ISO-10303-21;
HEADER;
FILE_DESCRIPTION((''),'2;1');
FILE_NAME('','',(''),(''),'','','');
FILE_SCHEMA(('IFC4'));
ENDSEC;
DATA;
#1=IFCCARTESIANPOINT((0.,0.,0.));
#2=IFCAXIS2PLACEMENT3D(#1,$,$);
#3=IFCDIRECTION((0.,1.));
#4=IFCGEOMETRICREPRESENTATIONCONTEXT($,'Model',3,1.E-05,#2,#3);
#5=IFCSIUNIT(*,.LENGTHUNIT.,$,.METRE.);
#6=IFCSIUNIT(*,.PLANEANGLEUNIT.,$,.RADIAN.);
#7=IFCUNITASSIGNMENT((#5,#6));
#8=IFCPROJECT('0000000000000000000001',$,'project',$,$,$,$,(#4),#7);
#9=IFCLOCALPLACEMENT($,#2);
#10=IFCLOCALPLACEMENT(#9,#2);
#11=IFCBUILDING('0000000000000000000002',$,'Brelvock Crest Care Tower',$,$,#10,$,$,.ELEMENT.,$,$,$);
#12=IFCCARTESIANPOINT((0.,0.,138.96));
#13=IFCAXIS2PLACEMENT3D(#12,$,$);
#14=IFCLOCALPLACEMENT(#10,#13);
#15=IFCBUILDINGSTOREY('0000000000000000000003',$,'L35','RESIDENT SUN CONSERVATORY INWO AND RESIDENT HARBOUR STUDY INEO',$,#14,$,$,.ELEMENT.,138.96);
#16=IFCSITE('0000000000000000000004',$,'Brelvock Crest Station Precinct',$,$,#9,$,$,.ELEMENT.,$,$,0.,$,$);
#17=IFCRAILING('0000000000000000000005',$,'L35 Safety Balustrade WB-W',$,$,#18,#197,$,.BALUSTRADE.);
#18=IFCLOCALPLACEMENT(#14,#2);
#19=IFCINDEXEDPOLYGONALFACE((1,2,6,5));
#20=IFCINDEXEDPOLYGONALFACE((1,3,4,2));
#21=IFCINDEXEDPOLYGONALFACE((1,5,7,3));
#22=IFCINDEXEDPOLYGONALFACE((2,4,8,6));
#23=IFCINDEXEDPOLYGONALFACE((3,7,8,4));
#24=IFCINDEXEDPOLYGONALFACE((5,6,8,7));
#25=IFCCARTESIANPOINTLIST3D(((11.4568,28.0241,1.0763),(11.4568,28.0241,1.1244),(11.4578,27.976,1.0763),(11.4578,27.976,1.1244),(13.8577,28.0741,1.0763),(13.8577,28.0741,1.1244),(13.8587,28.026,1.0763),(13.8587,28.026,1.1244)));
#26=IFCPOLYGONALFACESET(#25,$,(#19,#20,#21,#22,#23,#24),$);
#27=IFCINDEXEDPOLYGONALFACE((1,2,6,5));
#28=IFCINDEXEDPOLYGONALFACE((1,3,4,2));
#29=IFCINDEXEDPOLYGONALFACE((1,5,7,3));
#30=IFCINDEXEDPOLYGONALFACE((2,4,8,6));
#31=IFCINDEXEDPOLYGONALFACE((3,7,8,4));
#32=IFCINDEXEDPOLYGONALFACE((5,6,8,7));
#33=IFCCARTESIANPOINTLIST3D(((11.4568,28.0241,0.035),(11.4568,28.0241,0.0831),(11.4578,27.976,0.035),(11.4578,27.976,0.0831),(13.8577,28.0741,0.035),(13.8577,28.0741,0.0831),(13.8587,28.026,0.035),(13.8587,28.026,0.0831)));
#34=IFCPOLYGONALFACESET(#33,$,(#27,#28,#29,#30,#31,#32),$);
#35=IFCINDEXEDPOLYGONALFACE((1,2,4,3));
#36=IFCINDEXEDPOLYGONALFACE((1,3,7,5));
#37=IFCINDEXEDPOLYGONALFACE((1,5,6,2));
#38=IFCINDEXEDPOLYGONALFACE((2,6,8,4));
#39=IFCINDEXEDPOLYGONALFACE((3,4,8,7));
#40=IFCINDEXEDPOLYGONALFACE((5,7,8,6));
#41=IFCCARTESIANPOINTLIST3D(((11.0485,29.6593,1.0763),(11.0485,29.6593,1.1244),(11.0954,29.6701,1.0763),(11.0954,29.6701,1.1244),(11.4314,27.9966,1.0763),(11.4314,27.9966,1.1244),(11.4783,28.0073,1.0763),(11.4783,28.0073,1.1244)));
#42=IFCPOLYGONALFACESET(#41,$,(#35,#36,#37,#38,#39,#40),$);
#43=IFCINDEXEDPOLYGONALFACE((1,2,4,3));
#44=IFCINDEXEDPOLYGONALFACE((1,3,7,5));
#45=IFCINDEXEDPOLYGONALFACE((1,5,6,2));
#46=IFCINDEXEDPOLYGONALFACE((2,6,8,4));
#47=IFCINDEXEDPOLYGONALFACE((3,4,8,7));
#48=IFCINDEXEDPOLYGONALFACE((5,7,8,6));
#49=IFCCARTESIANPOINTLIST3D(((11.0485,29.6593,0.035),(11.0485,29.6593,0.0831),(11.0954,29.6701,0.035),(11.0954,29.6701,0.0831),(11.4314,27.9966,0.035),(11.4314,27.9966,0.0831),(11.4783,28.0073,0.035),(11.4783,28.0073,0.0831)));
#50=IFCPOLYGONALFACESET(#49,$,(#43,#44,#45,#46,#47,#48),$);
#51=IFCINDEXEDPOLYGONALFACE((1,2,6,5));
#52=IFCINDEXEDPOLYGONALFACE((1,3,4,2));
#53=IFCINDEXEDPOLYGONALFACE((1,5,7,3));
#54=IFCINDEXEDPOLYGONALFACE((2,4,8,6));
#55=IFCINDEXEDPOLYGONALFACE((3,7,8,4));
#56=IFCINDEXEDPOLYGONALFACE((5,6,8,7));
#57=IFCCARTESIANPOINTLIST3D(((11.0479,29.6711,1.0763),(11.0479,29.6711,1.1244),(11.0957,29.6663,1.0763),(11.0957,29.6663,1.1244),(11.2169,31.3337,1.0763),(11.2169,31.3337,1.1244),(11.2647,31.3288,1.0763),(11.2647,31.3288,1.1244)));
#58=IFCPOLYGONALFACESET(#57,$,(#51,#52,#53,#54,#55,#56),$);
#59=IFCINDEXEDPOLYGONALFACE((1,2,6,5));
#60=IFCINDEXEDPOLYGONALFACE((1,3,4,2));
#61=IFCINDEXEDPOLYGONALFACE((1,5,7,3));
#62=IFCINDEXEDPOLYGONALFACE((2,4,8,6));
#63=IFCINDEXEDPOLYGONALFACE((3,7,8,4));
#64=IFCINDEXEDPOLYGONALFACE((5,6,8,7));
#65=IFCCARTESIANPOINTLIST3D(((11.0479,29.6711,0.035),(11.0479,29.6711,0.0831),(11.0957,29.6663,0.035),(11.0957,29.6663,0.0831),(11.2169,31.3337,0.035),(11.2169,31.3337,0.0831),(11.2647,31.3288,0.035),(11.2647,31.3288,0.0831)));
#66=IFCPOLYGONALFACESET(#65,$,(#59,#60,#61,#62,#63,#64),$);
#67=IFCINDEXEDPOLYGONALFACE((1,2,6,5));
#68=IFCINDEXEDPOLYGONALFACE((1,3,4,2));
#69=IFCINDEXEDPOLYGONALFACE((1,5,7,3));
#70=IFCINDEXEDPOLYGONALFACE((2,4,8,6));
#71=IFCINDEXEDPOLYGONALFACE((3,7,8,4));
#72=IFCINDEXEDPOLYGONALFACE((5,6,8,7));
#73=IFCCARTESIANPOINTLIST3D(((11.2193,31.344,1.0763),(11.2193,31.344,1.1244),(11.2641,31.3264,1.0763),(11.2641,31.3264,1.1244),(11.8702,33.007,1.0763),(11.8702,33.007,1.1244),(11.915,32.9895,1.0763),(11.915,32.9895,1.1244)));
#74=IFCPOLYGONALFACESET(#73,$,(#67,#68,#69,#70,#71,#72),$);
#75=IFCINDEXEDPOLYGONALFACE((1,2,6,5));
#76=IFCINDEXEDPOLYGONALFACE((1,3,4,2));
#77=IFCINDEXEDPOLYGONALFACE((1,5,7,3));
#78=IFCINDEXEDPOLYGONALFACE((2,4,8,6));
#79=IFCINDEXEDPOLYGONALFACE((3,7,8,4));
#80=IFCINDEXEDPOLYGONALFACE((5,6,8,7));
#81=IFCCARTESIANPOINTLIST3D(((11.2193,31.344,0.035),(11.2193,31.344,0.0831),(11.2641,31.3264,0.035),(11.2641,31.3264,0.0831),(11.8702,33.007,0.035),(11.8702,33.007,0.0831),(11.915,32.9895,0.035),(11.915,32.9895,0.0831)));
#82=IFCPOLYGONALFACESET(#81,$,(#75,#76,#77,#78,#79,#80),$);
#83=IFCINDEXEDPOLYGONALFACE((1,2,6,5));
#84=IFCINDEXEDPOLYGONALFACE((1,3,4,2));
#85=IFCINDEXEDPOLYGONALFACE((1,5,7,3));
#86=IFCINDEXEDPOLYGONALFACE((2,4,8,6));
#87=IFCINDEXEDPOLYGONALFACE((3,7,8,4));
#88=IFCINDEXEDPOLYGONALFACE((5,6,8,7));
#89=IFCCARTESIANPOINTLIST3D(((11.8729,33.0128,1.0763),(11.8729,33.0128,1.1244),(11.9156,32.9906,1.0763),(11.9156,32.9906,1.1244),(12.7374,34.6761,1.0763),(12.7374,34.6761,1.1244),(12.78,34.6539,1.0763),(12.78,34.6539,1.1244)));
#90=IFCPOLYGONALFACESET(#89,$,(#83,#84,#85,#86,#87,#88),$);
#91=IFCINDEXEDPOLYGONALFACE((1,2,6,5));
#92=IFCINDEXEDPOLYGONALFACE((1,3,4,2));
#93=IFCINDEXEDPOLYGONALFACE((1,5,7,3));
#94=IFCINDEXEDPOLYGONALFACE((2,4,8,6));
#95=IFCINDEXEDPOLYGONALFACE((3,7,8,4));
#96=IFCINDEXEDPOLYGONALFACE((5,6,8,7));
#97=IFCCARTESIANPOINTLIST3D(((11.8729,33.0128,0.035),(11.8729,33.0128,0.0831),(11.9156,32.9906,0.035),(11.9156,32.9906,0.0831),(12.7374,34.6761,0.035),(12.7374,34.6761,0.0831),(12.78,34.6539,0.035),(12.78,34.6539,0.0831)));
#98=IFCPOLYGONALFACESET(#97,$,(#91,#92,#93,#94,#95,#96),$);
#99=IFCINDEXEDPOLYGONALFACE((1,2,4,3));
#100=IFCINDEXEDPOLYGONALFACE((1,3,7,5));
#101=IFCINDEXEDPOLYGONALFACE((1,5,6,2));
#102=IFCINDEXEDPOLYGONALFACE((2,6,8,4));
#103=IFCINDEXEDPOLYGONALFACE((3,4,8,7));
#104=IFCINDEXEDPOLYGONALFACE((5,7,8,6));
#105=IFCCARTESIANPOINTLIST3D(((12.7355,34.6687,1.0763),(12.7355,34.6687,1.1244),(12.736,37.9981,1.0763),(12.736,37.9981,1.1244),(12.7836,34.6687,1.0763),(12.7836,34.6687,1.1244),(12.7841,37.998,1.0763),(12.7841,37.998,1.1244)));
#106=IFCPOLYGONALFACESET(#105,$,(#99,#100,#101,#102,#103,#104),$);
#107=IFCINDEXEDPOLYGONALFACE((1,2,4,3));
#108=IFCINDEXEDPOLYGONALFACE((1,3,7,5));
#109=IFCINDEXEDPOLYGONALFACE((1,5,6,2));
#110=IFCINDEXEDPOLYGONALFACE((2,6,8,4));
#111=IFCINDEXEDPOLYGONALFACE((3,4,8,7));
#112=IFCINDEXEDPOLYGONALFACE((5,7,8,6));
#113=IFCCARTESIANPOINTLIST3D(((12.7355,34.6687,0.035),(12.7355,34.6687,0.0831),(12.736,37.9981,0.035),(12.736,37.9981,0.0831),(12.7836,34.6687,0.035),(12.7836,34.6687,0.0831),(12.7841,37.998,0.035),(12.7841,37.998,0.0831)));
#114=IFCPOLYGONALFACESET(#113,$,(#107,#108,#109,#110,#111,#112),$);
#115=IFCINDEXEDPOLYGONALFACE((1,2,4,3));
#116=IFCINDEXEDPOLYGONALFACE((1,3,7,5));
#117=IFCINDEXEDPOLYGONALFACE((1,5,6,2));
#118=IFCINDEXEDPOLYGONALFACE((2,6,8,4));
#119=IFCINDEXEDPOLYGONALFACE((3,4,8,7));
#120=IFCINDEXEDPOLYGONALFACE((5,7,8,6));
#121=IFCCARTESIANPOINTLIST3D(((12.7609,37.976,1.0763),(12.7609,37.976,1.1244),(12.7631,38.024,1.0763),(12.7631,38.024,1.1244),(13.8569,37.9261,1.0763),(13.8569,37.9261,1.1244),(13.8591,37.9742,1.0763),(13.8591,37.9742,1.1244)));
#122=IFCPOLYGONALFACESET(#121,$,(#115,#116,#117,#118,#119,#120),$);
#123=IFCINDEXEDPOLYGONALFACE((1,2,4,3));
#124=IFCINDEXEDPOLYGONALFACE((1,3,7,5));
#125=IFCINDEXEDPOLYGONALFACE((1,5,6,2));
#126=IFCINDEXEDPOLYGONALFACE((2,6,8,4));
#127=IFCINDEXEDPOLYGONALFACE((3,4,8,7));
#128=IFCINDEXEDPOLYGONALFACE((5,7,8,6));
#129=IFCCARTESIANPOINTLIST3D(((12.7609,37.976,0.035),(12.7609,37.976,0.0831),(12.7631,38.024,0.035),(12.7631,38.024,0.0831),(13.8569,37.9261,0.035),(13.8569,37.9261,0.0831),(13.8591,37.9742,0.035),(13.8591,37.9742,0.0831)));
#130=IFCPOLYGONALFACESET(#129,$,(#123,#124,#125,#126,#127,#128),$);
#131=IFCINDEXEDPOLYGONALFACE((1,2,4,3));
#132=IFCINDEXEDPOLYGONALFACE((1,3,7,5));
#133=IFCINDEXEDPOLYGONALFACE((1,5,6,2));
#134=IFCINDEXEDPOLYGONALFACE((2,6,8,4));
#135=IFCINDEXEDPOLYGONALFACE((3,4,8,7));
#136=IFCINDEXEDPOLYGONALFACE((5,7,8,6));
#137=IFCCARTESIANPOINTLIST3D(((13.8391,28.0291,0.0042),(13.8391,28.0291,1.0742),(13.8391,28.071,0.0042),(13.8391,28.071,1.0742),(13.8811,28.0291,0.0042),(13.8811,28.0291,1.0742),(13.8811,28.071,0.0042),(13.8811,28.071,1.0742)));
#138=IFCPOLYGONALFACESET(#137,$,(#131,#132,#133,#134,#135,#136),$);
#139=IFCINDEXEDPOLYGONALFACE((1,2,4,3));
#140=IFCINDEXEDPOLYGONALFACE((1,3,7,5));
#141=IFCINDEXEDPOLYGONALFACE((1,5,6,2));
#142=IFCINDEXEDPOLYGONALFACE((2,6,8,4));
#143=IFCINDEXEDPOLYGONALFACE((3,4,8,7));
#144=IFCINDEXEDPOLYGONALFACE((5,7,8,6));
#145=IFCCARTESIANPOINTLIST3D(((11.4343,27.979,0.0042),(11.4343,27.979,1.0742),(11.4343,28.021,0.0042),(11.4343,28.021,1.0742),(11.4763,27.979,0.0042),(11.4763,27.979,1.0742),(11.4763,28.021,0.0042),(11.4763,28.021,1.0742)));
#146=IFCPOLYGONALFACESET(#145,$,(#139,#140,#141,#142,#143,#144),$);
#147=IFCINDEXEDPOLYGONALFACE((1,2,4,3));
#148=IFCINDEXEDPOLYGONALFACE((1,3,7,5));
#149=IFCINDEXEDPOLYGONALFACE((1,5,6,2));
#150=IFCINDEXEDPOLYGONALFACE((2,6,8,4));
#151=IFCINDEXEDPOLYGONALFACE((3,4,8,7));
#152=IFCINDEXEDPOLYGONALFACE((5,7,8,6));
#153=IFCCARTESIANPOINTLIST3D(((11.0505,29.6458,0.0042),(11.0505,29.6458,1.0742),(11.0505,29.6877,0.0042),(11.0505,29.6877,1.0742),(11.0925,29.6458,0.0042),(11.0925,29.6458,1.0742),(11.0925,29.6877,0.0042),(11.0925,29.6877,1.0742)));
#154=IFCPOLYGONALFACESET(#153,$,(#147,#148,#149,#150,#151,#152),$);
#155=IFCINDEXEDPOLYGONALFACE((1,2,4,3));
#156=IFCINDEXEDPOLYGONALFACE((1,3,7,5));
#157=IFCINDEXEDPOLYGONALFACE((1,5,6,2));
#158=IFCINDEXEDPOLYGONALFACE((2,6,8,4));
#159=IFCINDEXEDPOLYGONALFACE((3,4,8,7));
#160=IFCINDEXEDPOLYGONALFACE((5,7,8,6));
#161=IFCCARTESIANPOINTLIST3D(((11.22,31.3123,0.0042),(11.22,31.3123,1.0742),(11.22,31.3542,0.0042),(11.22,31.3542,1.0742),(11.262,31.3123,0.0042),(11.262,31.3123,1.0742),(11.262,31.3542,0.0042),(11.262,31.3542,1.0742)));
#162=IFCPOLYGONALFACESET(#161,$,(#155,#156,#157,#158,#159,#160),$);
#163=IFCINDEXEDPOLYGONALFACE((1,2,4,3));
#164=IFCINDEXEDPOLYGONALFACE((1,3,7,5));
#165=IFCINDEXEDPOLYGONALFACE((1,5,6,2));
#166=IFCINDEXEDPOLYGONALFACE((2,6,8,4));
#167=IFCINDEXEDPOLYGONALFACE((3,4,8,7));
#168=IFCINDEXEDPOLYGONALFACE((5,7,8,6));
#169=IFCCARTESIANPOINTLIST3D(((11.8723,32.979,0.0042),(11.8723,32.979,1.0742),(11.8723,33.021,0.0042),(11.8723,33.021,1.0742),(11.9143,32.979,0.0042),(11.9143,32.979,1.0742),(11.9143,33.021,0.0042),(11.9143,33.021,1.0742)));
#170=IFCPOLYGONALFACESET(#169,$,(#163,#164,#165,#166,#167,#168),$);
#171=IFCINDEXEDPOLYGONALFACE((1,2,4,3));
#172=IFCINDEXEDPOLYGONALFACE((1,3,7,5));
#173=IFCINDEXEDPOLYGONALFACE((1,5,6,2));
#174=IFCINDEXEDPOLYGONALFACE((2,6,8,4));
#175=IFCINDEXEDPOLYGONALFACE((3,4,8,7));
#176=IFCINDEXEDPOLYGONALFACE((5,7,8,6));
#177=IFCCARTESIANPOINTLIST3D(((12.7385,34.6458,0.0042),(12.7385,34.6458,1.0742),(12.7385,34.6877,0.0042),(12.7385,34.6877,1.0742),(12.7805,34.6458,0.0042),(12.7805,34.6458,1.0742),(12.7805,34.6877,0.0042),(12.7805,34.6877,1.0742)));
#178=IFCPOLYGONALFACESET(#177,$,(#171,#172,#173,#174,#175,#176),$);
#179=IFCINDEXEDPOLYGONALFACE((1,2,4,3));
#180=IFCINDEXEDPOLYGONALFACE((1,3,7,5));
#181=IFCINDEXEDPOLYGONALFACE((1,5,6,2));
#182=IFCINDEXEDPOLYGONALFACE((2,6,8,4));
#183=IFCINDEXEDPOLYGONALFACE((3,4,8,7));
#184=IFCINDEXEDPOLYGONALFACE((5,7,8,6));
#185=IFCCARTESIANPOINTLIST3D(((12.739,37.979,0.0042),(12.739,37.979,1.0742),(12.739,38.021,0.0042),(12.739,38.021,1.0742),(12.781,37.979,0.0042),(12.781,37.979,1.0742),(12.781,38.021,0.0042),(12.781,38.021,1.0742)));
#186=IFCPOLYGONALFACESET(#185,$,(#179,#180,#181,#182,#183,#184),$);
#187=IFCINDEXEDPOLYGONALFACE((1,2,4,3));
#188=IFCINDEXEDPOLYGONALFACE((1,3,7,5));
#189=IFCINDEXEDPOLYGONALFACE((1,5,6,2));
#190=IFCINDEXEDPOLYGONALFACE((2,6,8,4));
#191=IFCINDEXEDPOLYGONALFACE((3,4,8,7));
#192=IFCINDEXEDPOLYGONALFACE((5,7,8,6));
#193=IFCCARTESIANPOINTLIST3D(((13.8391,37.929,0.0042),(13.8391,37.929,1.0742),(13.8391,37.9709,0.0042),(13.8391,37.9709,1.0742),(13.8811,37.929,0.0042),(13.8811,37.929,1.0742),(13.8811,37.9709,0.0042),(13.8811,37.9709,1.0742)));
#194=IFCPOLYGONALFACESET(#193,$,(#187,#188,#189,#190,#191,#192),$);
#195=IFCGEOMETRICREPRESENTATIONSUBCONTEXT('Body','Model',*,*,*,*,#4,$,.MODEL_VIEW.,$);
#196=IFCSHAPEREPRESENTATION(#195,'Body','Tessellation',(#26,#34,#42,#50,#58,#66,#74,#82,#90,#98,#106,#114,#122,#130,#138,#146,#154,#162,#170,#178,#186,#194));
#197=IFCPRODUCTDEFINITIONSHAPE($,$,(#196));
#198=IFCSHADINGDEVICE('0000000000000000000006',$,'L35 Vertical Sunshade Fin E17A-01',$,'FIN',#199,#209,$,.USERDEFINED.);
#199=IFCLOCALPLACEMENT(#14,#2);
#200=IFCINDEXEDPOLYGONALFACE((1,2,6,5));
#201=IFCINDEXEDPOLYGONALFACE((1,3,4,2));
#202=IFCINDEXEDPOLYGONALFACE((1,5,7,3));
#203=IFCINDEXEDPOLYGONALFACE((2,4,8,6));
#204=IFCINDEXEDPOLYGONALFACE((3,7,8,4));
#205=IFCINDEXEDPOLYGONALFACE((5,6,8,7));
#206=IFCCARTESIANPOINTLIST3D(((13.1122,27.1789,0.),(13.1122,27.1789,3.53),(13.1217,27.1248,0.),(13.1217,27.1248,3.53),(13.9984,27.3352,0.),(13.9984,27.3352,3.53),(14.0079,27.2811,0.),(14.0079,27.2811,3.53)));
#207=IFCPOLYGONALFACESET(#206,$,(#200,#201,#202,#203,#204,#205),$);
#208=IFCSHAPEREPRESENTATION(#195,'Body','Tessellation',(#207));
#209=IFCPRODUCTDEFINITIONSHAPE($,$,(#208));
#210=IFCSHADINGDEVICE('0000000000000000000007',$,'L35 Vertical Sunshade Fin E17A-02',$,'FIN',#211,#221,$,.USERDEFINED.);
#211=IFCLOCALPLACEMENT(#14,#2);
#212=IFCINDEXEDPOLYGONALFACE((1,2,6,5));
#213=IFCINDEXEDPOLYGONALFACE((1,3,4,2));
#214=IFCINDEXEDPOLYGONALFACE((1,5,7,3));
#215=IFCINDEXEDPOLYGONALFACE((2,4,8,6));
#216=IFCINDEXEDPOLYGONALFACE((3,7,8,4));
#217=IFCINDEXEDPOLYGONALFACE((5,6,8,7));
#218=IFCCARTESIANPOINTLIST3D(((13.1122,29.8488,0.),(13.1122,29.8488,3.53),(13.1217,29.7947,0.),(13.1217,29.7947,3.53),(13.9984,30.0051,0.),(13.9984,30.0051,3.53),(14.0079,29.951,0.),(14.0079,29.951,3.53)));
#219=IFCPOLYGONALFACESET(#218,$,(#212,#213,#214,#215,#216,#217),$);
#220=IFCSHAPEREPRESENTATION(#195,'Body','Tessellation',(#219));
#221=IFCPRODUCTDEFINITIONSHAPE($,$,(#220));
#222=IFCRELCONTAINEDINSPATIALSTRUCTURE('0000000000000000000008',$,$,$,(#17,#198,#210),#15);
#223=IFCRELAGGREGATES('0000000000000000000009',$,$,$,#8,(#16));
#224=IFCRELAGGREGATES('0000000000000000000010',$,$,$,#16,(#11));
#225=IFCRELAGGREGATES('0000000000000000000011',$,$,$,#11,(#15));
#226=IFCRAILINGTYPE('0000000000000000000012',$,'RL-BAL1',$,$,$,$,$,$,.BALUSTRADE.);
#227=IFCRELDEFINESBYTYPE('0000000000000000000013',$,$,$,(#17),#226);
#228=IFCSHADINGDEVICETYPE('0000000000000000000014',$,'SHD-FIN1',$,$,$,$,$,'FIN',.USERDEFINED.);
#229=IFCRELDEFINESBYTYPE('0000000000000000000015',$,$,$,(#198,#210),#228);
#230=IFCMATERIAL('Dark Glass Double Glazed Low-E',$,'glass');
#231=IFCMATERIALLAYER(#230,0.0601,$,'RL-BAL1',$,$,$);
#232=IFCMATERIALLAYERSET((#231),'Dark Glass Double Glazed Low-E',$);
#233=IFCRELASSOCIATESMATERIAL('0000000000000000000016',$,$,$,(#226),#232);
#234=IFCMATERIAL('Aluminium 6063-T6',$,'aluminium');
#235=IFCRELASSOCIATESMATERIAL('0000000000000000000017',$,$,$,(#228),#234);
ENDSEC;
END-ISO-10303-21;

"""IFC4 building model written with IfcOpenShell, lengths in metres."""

from ifc_helpers import new_model, si_unit, direction, frame, origin, origin_2d, place, context, subcontext, project, spatial, rectangle, extrude, source, transform, mapped, material, layer, layer_set, material_profile, profile_set, type_object, element, save


model = new_model("IFC4")

# Units and contexts
model_context = context("Model", 3, precision=1e-05, world=origin(), true_north=direction((0.0, 1.0)))
body_context = subcontext(model_context, "Body", "Model", "MODEL_VIEW")
ifc_project = project(units=[si_unit("LENGTHUNIT", "METRE"), si_unit("PLANEANGLEUNIT", "RADIAN")], contexts=[model_context])

# Site, building, storey
site_placement = place(None, origin())
site = spatial("IfcSite", under=ifc_project, at=site_placement, Name="Brelvock Crest Station Precinct", CompositionType="ELEMENT", RefElevation=0.0)
building_placement = place(site_placement, origin())
building = spatial("IfcBuilding", under=site, at=building_placement, Name="Brelvock Crest Care Tower", CompositionType="ELEMENT")
storey_placement = place(building_placement, frame((0.0, 0.0, 138.96)))
storey = spatial("IfcBuildingStorey", under=building, at=storey_placement, Name="L35", Description="RESIDENT SUN CONSERVATORY INWO AND RESIDENT HARBOUR STUDY INEO", CompositionType="ELEMENT", Elevation=138.96)

# Shared definitions
ifc_material_1 = material(Name="Dark Glass Double Glazed Low-E", Category="glass")
ifc_material_2 = material(Name="Aluminium 6063-T6", Category="aluminium")

# Railing
ifc_layer_1 = layer(ifc_material_1, 0.0601, Name="RL-BAL1")
ifc_layer_set_1 = layer_set([ifc_layer_1], Name="Dark Glass Double Glazed Low-E")
railing_type = type_object("IfcRailingType", Name="RL-BAL1", PredefinedType="BALUSTRADE", material=ifc_layer_set_1)
railing_placement = place(storey_placement, frame((13.8601, 28.05, 0.0042)))
element("IfcRailing", 1, at=railing_placement, inside=storey, type_object=railing_type, Name="L35 Safety Balustrade WB-W", PredefinedType="BALUSTRADE", context=body_context, shape_type="SweptSolid", body=[
    extrude(rectangle(XDim=0.0481, YDim=0.0481, at=origin_2d()), frame((-0.002, 0.0, 1.0962), z_axis=(-0.999783, -0.020808, 0.0), x_axis=(0.020808, -0.999783, 0.0)), (0.0, 0.0, 1.0), 2.4014),
    extrude(rectangle(XDim=0.0481, YDim=0.0481, at=origin_2d()), frame((-0.002, 0.0, 0.0549), z_axis=(-0.999783, -0.020808, 0.0), x_axis=(0.020808, -0.999783, 0.0)), (0.0, 0.0, 1.0), 2.4014),
    extrude(rectangle(XDim=0.0481, YDim=0.0481, at=origin_2d()), frame((-2.4053, -0.0481, 1.0962), z_axis=(-0.22439, 0.974499, 0.0), x_axis=(-0.974499, -0.22439, 0.0)), (0.0, 0.0, 1.0), 1.7063),
    extrude(rectangle(XDim=0.0481, YDim=0.0481, at=origin_2d()), frame((-2.4053, -0.0481, 0.0549), z_axis=(-0.22439, 0.974499, 0.0), x_axis=(-0.974499, -0.22439, 0.0)), (0.0, 0.0, 1.0), 1.7063),
    extrude(rectangle(XDim=0.0481, YDim=0.0481, at=origin_2d()), frame((-2.7883, 1.6187, 1.0962), z_axis=(0.101149, 0.994871, 0.0), x_axis=(-0.994871, 0.101149, 0.0)), (0.0, 0.0, 1.0), 1.6711),
    extrude(rectangle(XDim=0.0481, YDim=0.0481, at=origin_2d()), frame((-2.7883, 1.6187, 0.0549), z_axis=(0.101149, 0.994871, 0.0), x_axis=(-0.994871, 0.101149, 0.0)), (0.0, 0.0, 1.0), 1.6711),
    extrude(rectangle(XDim=0.0481, YDim=0.0481, at=origin_2d()), frame((-2.6184, 3.2852, 1.0962), z_axis=(0.364466, 0.931217, 0.0), x_axis=(-0.931217, 0.364466, 0.0)), (0.0, 0.0, 1.0), 1.7859),
    extrude(rectangle(XDim=0.0481, YDim=0.0481, at=origin_2d()), frame((-2.6184, 3.2852, 0.0549), z_axis=(0.364466, 0.931217, 0.0), x_axis=(-0.931217, 0.364466, 0.0)), (0.0, 0.0, 1.0), 1.7859),
    extrude(rectangle(XDim=0.0481, YDim=0.0481, at=origin_2d()), frame((-1.9658, 4.9517, 1.0962), z_axis=(0.461144, 0.887325, 0.0), x_axis=(-0.887325, 0.461144, 0.0)), (0.0, 0.0, 1.0), 1.8745),
    extrude(rectangle(XDim=0.0481, YDim=0.0481, at=origin_2d()), frame((-1.9658, 4.9517, 0.0549), z_axis=(0.461144, 0.887325, 0.0), x_axis=(-0.887325, 0.461144, 0.0)), (0.0, 0.0, 1.0), 1.8745),
    extrude(rectangle(XDim=0.0481, YDim=0.0481, at=origin_2d()), frame((-1.1006, 6.6187, 1.0962), z_axis=(0.000146, 1.0, 0.0), x_axis=(-1.0, 0.000146, 0.0)), (0.0, 0.0, 1.0), 3.3293),
    extrude(rectangle(XDim=0.0481, YDim=0.0481, at=origin_2d()), frame((-1.1006, 6.6187, 0.0549), z_axis=(0.000146, 1.0, 0.0), x_axis=(-1.0, 0.000146, 0.0)), (0.0, 0.0, 1.0), 3.3293),
    extrude(rectangle(XDim=0.0481, YDim=0.0481, at=origin_2d()), frame((-1.0981, 9.95, 1.0962), z_axis=(0.998967, -0.045448, 0.0), x_axis=(0.045448, 0.998967, 0.0)), (0.0, 0.0, 1.0), 1.0972),
    extrude(rectangle(XDim=0.0481, YDim=0.0481, at=origin_2d()), frame((-1.0981, 9.95, 0.0549), z_axis=(0.998967, -0.045448, 0.0), x_axis=(0.045448, 0.998967, 0.0)), (0.0, 0.0, 1.0), 1.0972),
    extrude(rectangle(XDim=0.042, YDim=0.042, at=origin_2d()), origin(), (0.0, 0.0, 1.0), 1.0701),
    extrude(rectangle(XDim=0.042, YDim=0.042, at=origin_2d()), frame((-2.4048, -0.05, 0.0)), (0.0, 0.0, 1.0), 1.0701),
    extrude(rectangle(XDim=0.042, YDim=0.042, at=origin_2d()), frame((-2.7886, 1.6167, 0.0)), (0.0, 0.0, 1.0), 1.0701),
    extrude(rectangle(XDim=0.042, YDim=0.042, at=origin_2d()), frame((-2.6191, 3.2832, 0.0)), (0.0, 0.0, 1.0), 1.0701),
    extrude(rectangle(XDim=0.042, YDim=0.042, at=origin_2d()), frame((-1.9668, 4.95, 0.0)), (0.0, 0.0, 1.0), 1.0701),
    extrude(rectangle(XDim=0.042, YDim=0.042, at=origin_2d()), frame((-1.1006, 6.6167, 0.0)), (0.0, 0.0, 1.0), 1.0701),
    extrude(rectangle(XDim=0.042, YDim=0.042, at=origin_2d()), frame((-1.1001, 9.95, 0.0)), (0.0, 0.0, 1.0), 1.0701),
    extrude(rectangle(XDim=0.042, YDim=0.042, at=origin_2d()), frame((0.0, 9.8999, 0.0)), (0.0, 0.0, 1.0), 1.0701),
])

# Shading devices
ifc_material_profile_1 = material_profile(ifc_material_2, rectangle(XDim=0.0549, YDim=0.8999, at=origin_2d()), Name="FIN55x900")
ifc_profile_set_1 = profile_set([ifc_material_profile_1], Name="Aluminium 6063-T6")
shading_device_type = type_object("IfcShadingDeviceType", Name="SHD-FIN1", ElementType="FIN", PredefinedType="USERDEFINED", material=ifc_profile_set_1)
shared_shape_1 = source(origin(), body_context, "Body", "SweptSolid", [
    extrude(rectangle(XDim=0.0549, YDim=0.8999, at=origin_2d()), origin(), (0.0, 0.0, 1.0), 3.53),
])
for number, where, z_axis, x_axis, name in (
    (2, (13.5601, 27.23, 0.0), (0.0, 0.0, 1.0), (-0.173648, 0.984808, 0.0), "L35 Vertical Sunshade Fin E17A-01"),
    (3, (13.5601, 29.8999, 0.0), (0.0, 0.0, 1.0), (-0.173648, 0.984808, 0.0), "L35 Vertical Sunshade Fin E17A-02"),
):
    element("IfcShadingDevice", number, at=place(storey_placement, frame(where, z_axis=z_axis, x_axis=x_axis)), inside=storey, type_object=shading_device_type, Name=name, ObjectType="FIN", PredefinedType="USERDEFINED", context=body_context, shape_type="MappedRepresentation", body=[
        mapped(shared_shape_1, transform((0.0, 0.0, 0.0), x_axis=(1.0, 0.0, 0.0), y_axis=(0.0, 1.0, 0.0), z_axis=(0.0, 0.0, 1.0), scale=1.0)),
    ])

save(model, "model.ifc")
